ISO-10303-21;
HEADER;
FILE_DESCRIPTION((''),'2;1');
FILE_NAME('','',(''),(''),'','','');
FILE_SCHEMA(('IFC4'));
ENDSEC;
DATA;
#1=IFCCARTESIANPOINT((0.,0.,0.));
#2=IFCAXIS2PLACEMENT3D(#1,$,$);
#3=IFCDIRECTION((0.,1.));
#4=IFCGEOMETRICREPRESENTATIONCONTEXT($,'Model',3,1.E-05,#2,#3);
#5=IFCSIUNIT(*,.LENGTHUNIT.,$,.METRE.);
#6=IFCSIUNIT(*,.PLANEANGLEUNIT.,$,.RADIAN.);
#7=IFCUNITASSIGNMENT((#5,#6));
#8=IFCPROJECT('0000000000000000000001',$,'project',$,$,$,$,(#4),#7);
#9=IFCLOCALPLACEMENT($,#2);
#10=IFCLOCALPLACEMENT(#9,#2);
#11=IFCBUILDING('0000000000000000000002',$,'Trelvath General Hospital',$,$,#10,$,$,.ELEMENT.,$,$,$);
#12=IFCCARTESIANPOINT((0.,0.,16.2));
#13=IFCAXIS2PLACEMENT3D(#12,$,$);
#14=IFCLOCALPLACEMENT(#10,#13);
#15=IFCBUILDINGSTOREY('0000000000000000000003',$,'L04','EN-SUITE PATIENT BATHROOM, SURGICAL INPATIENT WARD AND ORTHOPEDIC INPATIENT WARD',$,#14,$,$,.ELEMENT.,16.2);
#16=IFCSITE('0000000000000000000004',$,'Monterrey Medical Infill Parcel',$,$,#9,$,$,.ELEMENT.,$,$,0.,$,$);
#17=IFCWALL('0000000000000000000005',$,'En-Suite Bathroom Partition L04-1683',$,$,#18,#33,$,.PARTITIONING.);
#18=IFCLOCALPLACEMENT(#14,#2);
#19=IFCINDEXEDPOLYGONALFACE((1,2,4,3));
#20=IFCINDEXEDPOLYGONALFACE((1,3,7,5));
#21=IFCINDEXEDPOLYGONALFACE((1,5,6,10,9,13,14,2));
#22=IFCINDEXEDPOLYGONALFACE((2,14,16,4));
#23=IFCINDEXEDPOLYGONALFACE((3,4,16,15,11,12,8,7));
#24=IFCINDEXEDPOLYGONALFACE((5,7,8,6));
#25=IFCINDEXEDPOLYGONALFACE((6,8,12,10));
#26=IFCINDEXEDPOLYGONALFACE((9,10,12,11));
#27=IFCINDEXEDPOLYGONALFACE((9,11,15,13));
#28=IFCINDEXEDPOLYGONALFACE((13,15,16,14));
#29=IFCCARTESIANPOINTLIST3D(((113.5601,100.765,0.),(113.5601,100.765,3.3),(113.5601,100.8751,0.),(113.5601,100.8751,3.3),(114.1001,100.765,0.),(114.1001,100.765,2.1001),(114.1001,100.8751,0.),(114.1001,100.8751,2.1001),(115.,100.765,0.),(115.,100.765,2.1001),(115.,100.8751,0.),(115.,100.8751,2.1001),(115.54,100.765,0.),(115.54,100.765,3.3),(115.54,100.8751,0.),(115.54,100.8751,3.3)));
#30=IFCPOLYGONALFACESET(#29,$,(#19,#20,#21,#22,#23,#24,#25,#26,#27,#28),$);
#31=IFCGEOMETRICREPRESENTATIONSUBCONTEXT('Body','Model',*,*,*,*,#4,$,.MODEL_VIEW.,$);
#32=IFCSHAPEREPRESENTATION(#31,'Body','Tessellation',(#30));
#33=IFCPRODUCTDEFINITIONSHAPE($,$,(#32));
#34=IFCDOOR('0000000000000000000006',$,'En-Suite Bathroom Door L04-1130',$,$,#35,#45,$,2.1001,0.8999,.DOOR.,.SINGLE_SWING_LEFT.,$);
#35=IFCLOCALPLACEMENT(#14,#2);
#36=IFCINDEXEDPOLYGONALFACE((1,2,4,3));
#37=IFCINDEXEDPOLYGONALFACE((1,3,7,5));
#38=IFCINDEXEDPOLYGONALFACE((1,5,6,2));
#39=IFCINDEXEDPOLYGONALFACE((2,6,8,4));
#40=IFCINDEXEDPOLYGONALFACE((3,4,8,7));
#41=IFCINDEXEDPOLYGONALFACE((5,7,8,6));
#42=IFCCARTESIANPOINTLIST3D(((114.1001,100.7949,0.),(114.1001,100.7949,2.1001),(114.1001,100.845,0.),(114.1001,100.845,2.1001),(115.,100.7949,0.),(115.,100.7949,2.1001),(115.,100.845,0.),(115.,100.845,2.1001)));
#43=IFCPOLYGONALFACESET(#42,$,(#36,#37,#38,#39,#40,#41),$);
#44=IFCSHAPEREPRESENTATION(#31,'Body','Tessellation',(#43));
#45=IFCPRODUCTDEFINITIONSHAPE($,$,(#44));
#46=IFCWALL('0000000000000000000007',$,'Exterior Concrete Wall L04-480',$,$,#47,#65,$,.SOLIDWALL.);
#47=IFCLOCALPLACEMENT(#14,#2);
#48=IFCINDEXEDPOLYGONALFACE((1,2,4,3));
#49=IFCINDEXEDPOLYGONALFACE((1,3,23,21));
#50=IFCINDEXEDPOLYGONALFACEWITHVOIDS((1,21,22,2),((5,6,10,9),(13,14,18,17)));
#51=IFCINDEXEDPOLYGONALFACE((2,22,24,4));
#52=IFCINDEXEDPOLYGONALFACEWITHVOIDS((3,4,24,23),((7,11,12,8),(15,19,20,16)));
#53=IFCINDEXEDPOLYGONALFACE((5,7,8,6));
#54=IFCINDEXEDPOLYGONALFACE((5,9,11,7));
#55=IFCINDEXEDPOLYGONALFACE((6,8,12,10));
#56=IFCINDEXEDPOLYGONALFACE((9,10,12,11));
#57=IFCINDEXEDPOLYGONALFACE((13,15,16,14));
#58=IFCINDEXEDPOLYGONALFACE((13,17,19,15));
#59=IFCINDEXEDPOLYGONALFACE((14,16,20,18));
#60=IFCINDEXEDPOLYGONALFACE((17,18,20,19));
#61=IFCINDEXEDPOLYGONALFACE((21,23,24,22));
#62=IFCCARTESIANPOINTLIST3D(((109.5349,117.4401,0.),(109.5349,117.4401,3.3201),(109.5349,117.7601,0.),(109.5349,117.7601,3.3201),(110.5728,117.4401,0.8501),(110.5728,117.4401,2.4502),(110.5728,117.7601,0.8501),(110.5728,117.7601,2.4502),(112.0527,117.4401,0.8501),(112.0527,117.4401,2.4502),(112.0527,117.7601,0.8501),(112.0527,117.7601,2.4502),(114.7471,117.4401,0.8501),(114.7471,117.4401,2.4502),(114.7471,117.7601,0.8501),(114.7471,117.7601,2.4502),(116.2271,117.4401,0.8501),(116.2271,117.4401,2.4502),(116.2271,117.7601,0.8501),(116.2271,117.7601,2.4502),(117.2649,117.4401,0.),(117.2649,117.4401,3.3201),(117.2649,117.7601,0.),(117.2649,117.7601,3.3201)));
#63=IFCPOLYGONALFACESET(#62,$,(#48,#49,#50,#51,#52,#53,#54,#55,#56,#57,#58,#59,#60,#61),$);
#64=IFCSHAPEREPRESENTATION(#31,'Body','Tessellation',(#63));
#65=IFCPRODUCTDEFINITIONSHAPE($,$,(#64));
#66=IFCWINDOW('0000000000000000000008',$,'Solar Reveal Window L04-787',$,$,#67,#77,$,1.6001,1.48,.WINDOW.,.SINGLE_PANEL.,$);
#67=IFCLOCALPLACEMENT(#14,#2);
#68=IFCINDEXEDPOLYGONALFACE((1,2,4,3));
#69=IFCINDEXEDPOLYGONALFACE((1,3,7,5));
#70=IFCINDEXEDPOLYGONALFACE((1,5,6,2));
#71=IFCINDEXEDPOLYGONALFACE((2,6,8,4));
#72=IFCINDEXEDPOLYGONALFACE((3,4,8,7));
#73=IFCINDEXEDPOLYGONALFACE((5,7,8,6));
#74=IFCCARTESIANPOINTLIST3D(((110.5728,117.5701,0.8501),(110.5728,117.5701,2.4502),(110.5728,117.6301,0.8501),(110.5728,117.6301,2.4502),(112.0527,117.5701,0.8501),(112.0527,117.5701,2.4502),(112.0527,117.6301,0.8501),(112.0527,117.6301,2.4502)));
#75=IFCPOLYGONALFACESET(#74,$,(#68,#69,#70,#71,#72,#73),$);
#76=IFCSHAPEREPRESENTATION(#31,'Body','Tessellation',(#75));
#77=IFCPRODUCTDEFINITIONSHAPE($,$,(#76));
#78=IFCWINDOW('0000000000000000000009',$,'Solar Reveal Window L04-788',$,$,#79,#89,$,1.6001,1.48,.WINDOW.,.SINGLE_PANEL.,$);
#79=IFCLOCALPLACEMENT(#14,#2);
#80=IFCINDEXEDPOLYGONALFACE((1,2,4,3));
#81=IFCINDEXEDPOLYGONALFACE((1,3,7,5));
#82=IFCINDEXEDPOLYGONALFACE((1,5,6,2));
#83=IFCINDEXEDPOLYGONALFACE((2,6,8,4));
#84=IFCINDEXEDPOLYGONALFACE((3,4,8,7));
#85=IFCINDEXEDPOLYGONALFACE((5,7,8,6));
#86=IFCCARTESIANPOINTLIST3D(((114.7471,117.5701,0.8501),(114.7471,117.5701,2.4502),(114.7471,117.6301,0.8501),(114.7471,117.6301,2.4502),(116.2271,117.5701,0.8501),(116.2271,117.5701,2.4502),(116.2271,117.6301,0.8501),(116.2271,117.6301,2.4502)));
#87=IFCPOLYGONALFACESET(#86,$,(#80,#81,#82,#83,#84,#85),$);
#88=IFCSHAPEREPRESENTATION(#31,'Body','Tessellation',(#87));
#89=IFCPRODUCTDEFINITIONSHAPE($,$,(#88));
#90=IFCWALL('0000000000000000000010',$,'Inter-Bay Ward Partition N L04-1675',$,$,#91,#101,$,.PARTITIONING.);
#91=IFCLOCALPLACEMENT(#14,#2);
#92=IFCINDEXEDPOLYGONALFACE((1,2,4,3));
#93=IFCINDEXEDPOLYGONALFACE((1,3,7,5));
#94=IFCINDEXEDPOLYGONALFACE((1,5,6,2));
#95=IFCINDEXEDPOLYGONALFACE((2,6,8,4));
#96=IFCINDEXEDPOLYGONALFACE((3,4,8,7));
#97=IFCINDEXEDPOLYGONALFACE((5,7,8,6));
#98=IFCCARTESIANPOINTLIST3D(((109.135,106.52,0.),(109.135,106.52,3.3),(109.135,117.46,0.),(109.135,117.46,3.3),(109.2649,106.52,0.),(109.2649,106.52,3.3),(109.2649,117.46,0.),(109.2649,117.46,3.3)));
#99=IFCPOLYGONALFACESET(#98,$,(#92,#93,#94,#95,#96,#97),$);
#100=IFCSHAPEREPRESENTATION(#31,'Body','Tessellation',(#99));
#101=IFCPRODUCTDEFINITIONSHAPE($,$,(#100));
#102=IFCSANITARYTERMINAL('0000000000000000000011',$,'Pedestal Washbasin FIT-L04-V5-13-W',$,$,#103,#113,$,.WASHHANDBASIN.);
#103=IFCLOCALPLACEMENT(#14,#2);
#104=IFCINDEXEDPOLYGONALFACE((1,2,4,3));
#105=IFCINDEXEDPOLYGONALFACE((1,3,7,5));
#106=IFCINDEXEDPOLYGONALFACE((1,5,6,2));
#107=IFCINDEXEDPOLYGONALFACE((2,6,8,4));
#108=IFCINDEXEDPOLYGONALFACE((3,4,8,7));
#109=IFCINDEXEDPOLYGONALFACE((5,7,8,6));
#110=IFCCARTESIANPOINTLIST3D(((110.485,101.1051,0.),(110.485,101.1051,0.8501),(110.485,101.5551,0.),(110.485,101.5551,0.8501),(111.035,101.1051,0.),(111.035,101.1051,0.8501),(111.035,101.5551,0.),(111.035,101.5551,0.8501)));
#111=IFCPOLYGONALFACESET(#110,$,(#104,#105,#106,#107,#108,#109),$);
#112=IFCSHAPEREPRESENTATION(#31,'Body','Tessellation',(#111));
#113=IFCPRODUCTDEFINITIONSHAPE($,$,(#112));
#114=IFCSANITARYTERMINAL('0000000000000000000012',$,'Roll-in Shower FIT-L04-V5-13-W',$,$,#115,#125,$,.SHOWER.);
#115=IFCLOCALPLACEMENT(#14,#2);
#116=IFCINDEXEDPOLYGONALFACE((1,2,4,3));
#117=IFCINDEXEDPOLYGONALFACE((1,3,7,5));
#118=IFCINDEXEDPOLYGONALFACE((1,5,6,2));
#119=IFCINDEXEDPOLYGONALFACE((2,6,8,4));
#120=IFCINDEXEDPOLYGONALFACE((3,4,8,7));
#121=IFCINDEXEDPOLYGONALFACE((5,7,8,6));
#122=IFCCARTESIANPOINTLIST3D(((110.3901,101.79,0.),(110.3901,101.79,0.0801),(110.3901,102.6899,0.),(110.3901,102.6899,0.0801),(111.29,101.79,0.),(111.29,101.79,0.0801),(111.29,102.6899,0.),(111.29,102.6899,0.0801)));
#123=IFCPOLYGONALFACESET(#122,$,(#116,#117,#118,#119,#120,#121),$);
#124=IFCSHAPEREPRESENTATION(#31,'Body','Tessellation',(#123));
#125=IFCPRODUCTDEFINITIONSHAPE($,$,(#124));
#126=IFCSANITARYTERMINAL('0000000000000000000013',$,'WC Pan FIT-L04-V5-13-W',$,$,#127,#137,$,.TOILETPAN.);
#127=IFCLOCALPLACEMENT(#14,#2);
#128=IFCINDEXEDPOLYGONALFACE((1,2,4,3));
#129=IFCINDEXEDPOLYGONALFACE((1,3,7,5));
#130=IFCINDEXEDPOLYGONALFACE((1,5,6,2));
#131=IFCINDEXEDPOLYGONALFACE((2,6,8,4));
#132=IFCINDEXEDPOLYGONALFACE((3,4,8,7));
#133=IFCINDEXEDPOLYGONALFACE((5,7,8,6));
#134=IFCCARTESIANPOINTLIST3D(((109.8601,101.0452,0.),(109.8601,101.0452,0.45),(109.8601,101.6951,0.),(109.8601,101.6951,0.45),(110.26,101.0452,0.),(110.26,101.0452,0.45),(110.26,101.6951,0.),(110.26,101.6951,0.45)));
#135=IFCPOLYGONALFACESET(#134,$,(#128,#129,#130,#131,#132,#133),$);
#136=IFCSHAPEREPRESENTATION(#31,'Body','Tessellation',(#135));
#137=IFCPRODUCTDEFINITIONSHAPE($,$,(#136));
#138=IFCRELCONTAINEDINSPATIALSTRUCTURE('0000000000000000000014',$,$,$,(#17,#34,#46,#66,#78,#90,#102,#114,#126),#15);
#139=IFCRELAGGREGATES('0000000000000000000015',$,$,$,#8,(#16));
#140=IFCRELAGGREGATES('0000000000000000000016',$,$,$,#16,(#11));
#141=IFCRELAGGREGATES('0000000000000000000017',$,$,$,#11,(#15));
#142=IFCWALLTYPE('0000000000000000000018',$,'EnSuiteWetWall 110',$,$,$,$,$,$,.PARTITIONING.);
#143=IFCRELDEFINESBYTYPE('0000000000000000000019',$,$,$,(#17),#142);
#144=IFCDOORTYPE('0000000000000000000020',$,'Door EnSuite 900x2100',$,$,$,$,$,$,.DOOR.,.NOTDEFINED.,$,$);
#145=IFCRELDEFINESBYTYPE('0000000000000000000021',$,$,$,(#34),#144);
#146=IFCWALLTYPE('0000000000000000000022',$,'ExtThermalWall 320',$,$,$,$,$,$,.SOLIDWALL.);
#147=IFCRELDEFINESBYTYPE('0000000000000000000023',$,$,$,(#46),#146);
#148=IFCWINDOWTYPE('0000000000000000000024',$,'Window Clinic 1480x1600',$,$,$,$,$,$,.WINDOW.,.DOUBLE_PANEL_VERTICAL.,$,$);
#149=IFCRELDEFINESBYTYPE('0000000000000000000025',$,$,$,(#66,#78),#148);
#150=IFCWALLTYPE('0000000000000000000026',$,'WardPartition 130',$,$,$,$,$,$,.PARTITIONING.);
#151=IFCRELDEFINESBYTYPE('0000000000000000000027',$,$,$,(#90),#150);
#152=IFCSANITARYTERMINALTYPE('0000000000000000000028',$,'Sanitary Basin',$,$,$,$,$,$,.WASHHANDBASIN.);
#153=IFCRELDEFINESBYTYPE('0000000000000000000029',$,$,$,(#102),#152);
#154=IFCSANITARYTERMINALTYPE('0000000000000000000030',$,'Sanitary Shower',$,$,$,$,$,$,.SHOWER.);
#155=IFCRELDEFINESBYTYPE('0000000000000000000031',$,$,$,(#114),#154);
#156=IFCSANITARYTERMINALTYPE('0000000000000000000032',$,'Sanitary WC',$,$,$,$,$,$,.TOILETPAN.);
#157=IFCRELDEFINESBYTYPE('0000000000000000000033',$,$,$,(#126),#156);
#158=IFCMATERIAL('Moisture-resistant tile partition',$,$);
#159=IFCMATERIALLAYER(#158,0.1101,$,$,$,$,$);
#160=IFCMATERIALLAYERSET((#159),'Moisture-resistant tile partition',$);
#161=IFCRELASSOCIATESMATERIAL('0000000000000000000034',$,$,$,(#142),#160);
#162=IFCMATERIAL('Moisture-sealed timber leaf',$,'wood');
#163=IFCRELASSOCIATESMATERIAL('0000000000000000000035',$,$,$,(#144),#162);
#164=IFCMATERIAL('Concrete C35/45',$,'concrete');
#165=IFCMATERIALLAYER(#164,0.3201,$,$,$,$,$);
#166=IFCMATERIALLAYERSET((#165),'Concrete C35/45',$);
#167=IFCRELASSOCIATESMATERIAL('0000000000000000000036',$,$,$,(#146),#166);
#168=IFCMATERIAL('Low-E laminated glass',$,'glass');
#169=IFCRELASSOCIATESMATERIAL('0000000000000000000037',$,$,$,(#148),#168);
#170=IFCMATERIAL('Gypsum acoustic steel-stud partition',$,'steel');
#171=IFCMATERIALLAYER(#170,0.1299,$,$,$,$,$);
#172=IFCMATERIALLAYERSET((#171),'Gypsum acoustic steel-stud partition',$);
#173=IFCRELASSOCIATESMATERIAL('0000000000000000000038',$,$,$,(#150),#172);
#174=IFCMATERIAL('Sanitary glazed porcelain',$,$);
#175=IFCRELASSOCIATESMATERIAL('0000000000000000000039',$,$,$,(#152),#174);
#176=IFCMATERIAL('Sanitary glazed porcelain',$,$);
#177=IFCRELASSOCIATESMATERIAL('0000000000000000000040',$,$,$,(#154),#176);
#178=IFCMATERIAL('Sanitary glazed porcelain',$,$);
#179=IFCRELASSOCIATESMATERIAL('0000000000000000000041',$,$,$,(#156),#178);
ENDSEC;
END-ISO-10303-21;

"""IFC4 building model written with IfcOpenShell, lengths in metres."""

from ifc_helpers import new_model, si_unit, direction, frame, frame_2d, origin, origin_2d, place, context, subcontext, project, spatial, rectangle, extrude, material, layer, layer_set, type_object, element, fill, save


model = new_model("IFC4")

# Units and contexts
model_context = context("Model", 3, precision=1e-05, world=origin(), true_north=direction((0.0, 1.0)))
body_context = subcontext(model_context, "Body", "Model", "MODEL_VIEW")
ifc_project = project(units=[si_unit("LENGTHUNIT", "METRE"), si_unit("PLANEANGLEUNIT", "RADIAN")], contexts=[model_context])

# Site, building, storey
site_placement = place(None, origin())
site = spatial("IfcSite", under=ifc_project, at=site_placement, Name="Monterrey Medical Infill Parcel", CompositionType="ELEMENT", RefElevation=0.0)
building_placement = place(site_placement, origin())
building = spatial("IfcBuilding", under=site, at=building_placement, Name="Trelvath General Hospital", CompositionType="ELEMENT")
storey_placement = place(building_placement, frame((0.0, 0.0, 16.2)))
storey = spatial("IfcBuildingStorey", under=building, at=storey_placement, Name="L04", Description="EN-SUITE PATIENT BATHROOM, SURGICAL INPATIENT WARD AND ORTHOPEDIC INPATIENT WARD", CompositionType="ELEMENT", Elevation=16.2)

# Shared definitions
ifc_material_1 = material(Name="Moisture-resistant tile partition")
ifc_layer_1 = layer(ifc_material_1, 0.1101)
ifc_layer_set_1 = layer_set([ifc_layer_1], Name="Moisture-resistant tile partition")
wall_type_1 = type_object("IfcWallType", Name="EnSuiteWetWall 110", PredefinedType="PARTITIONING", material=ifc_layer_set_1)

# Shared definitions
ifc_material_2 = material(Name="Moisture-sealed timber leaf", Category="wood")
door_type_1 = type_object("IfcDoorType", Name="Door EnSuite 900x2100", OperationType="NOTDEFINED", PredefinedType="DOOR", material=ifc_material_2)

# Wall, opening, door
wall_1_placement = place(storey_placement, frame((113.5601, 100.8201, 0.0), z_axis=(0.0, 0.0, 1.0), x_axis=(1.0, 0.0, 0.0)))
wall_1 = element("IfcWall", 1, at=wall_1_placement, inside=storey, type_object=wall_type_1, Name="En-Suite Bathroom Partition L04-1683", PredefinedType="PARTITIONING", context=body_context, shape_type="SweptSolid", body=[
    extrude(rectangle(XDim=1.98, YDim=0.1101, at=frame_2d((0.99, 0.0))), origin(), (0.0, 0.0, 1.0), 3.3),
])
opening_1_placement = place(wall_1_placement, frame((0.54, 0.0, 0.0)))
opening_1 = element("IfcOpeningElement", 2, at=opening_1_placement, cuts=wall_1, PredefinedType="OPENING", context=body_context, shape_type="SweptSolid", body=[
    extrude(rectangle(XDim=0.8999, YDim=2.1001, at=frame_2d((0.45, 1.05))), frame((0.0, 0.0649, 0.0), z_axis=(0.0, -1.0, 0.0), x_axis=(1.0, 0.0, 0.0)), (0.0, 0.0, 1.0), 0.1301),
])
door_1_placement = place(opening_1_placement, origin())
door_1 = element("IfcDoor", 3, at=door_1_placement, inside=storey, type_object=door_type_1, Name="En-Suite Bathroom Door L04-1130", OperationType="SINGLE_SWING_LEFT", OverallHeight=2.1001, OverallWidth=0.8999, PredefinedType="DOOR", context=body_context, shape_type="SweptSolid", body=[
    extrude(rectangle(XDim=0.8999, YDim=2.1001, at=frame_2d((0.45, 1.05))), frame((0.0, 0.0249, 0.0), z_axis=(0.0, -1.0, 0.0), x_axis=(1.0, 0.0, 0.0)), (0.0, 0.0, 1.0), 0.05),
])
fill(opening_1, door_1)

# Wall, openings, windows
ifc_material_3 = material(Name="Concrete C35/45", Category="concrete")
ifc_layer_2 = layer(ifc_material_3, 0.3201)
ifc_layer_set_2 = layer_set([ifc_layer_2], Name="Concrete C35/45")
wall_type_2 = type_object("IfcWallType", Name="ExtThermalWall 320", PredefinedType="SOLIDWALL", material=ifc_layer_set_2)
wall_2_placement = place(storey_placement, frame((109.5349, 117.6001, 0.0), z_axis=(0.0, 0.0, 1.0), x_axis=(1.0, 0.0, 0.0)))
wall_2 = element("IfcWall", 4, at=wall_2_placement, inside=storey, type_object=wall_type_2, Name="Exterior Concrete Wall L04-480", PredefinedType="SOLIDWALL", context=body_context, shape_type="SweptSolid", body=[
    extrude(rectangle(XDim=7.73, YDim=0.3201, at=frame_2d((3.865, 0.0))), origin(), (0.0, 0.0, 1.0), 3.3201),
])
opening_2_placement = place(wall_2_placement, frame((1.0378, 0.0, 0.8501)))
opening_2 = element("IfcOpeningElement", 5, at=opening_2_placement, cuts=wall_2, PredefinedType="OPENING", context=body_context, shape_type="SweptSolid", body=[
    extrude(rectangle(XDim=1.48, YDim=1.6001, at=frame_2d((0.74, 0.8))), frame((0.0, 0.1699, 0.0), z_axis=(0.0, -1.0, 0.0), x_axis=(1.0, 0.0, 0.0)), (0.0, 0.0, 1.0), 0.3401),
])
opening_3_placement = place(wall_2_placement, frame((5.2122, 0.0, 0.8501)))
opening_3 = element("IfcOpeningElement", 6, at=opening_3_placement, cuts=wall_2, PredefinedType="OPENING", context=body_context, shape_type="SweptSolid", body=[
    extrude(rectangle(XDim=1.48, YDim=1.6001, at=frame_2d((0.74, 0.8))), frame((0.0, 0.1699, 0.0), z_axis=(0.0, -1.0, 0.0), x_axis=(1.0, 0.0, 0.0)), (0.0, 0.0, 1.0), 0.3401),
])
ifc_material_4 = material(Name="Low-E laminated glass", Category="glass")
window_type = type_object("IfcWindowType", Name="Window Clinic 1480x1600", PartitioningType="DOUBLE_PANEL_VERTICAL", PredefinedType="WINDOW", material=ifc_material_4)
window_1_placement = place(opening_2_placement, origin())
window_1 = element("IfcWindow", 7, at=window_1_placement, inside=storey, type_object=window_type, Name="Solar Reveal Window L04-787", OverallHeight=1.6001, OverallWidth=1.48, PartitioningType="SINGLE_PANEL", PredefinedType="WINDOW", context=body_context, shape_type="SweptSolid", body=[
    extrude(rectangle(XDim=1.48, YDim=1.6001, at=frame_2d((0.74, 0.8))), frame((0.0, 0.03, 0.0), z_axis=(0.0, -1.0, 0.0), x_axis=(1.0, 0.0, 0.0)), (0.0, 0.0, 1.0), 0.0601),
])
fill(opening_2, window_1)
window_2_placement = place(opening_3_placement, origin())
window_2 = element("IfcWindow", 8, at=window_2_placement, inside=storey, type_object=window_type, Name="Solar Reveal Window L04-788", OverallHeight=1.6001, OverallWidth=1.48, PartitioningType="SINGLE_PANEL", PredefinedType="WINDOW", context=body_context, shape_type="SweptSolid", body=[
    extrude(rectangle(XDim=1.48, YDim=1.6001, at=frame_2d((0.74, 0.8))), frame((0.0, 0.03, 0.0), z_axis=(0.0, -1.0, 0.0), x_axis=(1.0, 0.0, 0.0)), (0.0, 0.0, 1.0), 0.0601),
])
fill(opening_3, window_2)

# Wall
ifc_material_5 = material(Name="Gypsum acoustic steel-stud partition", Category="steel")
ifc_layer_3 = layer(ifc_material_5, 0.1299)
ifc_layer_set_3 = layer_set([ifc_layer_3], Name="Gypsum acoustic steel-stud partition")
wall_type_3 = type_object("IfcWallType", Name="WardPartition 130", PredefinedType="PARTITIONING", material=ifc_layer_set_3)
wall_3_placement = place(storey_placement, frame((109.2, 106.52, 0.0), z_axis=(0.0, 0.0, 1.0), x_axis=(0.0, 1.0, 0.0)))
element("IfcWall", 9, at=wall_3_placement, inside=storey, type_object=wall_type_3, Name="Inter-Bay Ward Partition N L04-1675", PredefinedType="PARTITIONING", context=body_context, shape_type="SweptSolid", body=[
    extrude(rectangle(XDim=10.9399, YDim=0.1299, at=frame_2d((5.47, 0.0))), origin(), (0.0, 0.0, 1.0), 3.3),
])

# Sanitary terminals
ifc_material_6 = material(Name="Sanitary glazed porcelain")
sanitary_terminal_type_1 = type_object("IfcSanitaryTerminalType", Name="Sanitary Basin", PredefinedType="WASHHANDBASIN", material=ifc_material_6)
sanitary_terminal_1_placement = place(storey_placement, frame((110.76, 101.3301, 0.0), z_axis=(0.0, 0.0, 1.0), x_axis=(1.0, 0.0, 0.0)))
element("IfcSanitaryTerminal", 10, at=sanitary_terminal_1_placement, inside=storey, type_object=sanitary_terminal_type_1, Name="Pedestal Washbasin FIT-L04-V5-13-W", PredefinedType="WASHHANDBASIN", context=body_context, shape_type="SweptSolid", body=[
    extrude(rectangle(XDim=0.55, YDim=0.45, at=origin_2d()), origin(), (0.0, 0.0, 1.0), 0.8501),
])
ifc_material_7 = material(Name="Sanitary glazed porcelain")
sanitary_terminal_type_2 = type_object("IfcSanitaryTerminalType", Name="Sanitary Shower", PredefinedType="SHOWER", material=ifc_material_7)
sanitary_terminal_2_placement = place(storey_placement, frame((110.8401, 102.24, 0.0), z_axis=(0.0, 0.0, 1.0), x_axis=(1.0, 0.0, 0.0)))
element("IfcSanitaryTerminal", 11, at=sanitary_terminal_2_placement, inside=storey, type_object=sanitary_terminal_type_2, Name="Roll-in Shower FIT-L04-V5-13-W", PredefinedType="SHOWER", context=body_context, shape_type="SweptSolid", body=[
    extrude(rectangle(XDim=0.8999, YDim=0.8999, at=origin_2d()), origin(), (0.0, 0.0, 1.0), 0.0801),
])
ifc_material_8 = material(Name="Sanitary glazed porcelain")
sanitary_terminal_type_3 = type_object("IfcSanitaryTerminalType", Name="Sanitary WC", PredefinedType="TOILETPAN", material=ifc_material_8)
sanitary_terminal_3_placement = place(storey_placement, frame((110.0601, 101.3701, 0.0), z_axis=(0.0, 0.0, 1.0), x_axis=(1.0, 0.0, 0.0)))
element("IfcSanitaryTerminal", 12, at=sanitary_terminal_3_placement, inside=storey, type_object=sanitary_terminal_type_3, Name="WC Pan FIT-L04-V5-13-W", PredefinedType="TOILETPAN", context=body_context, shape_type="SweptSolid", body=[
    extrude(rectangle(XDim=0.3999, YDim=0.6499, at=origin_2d()), origin(), (0.0, 0.0, 1.0), 0.45),
])

save(model, "model.ifc")
